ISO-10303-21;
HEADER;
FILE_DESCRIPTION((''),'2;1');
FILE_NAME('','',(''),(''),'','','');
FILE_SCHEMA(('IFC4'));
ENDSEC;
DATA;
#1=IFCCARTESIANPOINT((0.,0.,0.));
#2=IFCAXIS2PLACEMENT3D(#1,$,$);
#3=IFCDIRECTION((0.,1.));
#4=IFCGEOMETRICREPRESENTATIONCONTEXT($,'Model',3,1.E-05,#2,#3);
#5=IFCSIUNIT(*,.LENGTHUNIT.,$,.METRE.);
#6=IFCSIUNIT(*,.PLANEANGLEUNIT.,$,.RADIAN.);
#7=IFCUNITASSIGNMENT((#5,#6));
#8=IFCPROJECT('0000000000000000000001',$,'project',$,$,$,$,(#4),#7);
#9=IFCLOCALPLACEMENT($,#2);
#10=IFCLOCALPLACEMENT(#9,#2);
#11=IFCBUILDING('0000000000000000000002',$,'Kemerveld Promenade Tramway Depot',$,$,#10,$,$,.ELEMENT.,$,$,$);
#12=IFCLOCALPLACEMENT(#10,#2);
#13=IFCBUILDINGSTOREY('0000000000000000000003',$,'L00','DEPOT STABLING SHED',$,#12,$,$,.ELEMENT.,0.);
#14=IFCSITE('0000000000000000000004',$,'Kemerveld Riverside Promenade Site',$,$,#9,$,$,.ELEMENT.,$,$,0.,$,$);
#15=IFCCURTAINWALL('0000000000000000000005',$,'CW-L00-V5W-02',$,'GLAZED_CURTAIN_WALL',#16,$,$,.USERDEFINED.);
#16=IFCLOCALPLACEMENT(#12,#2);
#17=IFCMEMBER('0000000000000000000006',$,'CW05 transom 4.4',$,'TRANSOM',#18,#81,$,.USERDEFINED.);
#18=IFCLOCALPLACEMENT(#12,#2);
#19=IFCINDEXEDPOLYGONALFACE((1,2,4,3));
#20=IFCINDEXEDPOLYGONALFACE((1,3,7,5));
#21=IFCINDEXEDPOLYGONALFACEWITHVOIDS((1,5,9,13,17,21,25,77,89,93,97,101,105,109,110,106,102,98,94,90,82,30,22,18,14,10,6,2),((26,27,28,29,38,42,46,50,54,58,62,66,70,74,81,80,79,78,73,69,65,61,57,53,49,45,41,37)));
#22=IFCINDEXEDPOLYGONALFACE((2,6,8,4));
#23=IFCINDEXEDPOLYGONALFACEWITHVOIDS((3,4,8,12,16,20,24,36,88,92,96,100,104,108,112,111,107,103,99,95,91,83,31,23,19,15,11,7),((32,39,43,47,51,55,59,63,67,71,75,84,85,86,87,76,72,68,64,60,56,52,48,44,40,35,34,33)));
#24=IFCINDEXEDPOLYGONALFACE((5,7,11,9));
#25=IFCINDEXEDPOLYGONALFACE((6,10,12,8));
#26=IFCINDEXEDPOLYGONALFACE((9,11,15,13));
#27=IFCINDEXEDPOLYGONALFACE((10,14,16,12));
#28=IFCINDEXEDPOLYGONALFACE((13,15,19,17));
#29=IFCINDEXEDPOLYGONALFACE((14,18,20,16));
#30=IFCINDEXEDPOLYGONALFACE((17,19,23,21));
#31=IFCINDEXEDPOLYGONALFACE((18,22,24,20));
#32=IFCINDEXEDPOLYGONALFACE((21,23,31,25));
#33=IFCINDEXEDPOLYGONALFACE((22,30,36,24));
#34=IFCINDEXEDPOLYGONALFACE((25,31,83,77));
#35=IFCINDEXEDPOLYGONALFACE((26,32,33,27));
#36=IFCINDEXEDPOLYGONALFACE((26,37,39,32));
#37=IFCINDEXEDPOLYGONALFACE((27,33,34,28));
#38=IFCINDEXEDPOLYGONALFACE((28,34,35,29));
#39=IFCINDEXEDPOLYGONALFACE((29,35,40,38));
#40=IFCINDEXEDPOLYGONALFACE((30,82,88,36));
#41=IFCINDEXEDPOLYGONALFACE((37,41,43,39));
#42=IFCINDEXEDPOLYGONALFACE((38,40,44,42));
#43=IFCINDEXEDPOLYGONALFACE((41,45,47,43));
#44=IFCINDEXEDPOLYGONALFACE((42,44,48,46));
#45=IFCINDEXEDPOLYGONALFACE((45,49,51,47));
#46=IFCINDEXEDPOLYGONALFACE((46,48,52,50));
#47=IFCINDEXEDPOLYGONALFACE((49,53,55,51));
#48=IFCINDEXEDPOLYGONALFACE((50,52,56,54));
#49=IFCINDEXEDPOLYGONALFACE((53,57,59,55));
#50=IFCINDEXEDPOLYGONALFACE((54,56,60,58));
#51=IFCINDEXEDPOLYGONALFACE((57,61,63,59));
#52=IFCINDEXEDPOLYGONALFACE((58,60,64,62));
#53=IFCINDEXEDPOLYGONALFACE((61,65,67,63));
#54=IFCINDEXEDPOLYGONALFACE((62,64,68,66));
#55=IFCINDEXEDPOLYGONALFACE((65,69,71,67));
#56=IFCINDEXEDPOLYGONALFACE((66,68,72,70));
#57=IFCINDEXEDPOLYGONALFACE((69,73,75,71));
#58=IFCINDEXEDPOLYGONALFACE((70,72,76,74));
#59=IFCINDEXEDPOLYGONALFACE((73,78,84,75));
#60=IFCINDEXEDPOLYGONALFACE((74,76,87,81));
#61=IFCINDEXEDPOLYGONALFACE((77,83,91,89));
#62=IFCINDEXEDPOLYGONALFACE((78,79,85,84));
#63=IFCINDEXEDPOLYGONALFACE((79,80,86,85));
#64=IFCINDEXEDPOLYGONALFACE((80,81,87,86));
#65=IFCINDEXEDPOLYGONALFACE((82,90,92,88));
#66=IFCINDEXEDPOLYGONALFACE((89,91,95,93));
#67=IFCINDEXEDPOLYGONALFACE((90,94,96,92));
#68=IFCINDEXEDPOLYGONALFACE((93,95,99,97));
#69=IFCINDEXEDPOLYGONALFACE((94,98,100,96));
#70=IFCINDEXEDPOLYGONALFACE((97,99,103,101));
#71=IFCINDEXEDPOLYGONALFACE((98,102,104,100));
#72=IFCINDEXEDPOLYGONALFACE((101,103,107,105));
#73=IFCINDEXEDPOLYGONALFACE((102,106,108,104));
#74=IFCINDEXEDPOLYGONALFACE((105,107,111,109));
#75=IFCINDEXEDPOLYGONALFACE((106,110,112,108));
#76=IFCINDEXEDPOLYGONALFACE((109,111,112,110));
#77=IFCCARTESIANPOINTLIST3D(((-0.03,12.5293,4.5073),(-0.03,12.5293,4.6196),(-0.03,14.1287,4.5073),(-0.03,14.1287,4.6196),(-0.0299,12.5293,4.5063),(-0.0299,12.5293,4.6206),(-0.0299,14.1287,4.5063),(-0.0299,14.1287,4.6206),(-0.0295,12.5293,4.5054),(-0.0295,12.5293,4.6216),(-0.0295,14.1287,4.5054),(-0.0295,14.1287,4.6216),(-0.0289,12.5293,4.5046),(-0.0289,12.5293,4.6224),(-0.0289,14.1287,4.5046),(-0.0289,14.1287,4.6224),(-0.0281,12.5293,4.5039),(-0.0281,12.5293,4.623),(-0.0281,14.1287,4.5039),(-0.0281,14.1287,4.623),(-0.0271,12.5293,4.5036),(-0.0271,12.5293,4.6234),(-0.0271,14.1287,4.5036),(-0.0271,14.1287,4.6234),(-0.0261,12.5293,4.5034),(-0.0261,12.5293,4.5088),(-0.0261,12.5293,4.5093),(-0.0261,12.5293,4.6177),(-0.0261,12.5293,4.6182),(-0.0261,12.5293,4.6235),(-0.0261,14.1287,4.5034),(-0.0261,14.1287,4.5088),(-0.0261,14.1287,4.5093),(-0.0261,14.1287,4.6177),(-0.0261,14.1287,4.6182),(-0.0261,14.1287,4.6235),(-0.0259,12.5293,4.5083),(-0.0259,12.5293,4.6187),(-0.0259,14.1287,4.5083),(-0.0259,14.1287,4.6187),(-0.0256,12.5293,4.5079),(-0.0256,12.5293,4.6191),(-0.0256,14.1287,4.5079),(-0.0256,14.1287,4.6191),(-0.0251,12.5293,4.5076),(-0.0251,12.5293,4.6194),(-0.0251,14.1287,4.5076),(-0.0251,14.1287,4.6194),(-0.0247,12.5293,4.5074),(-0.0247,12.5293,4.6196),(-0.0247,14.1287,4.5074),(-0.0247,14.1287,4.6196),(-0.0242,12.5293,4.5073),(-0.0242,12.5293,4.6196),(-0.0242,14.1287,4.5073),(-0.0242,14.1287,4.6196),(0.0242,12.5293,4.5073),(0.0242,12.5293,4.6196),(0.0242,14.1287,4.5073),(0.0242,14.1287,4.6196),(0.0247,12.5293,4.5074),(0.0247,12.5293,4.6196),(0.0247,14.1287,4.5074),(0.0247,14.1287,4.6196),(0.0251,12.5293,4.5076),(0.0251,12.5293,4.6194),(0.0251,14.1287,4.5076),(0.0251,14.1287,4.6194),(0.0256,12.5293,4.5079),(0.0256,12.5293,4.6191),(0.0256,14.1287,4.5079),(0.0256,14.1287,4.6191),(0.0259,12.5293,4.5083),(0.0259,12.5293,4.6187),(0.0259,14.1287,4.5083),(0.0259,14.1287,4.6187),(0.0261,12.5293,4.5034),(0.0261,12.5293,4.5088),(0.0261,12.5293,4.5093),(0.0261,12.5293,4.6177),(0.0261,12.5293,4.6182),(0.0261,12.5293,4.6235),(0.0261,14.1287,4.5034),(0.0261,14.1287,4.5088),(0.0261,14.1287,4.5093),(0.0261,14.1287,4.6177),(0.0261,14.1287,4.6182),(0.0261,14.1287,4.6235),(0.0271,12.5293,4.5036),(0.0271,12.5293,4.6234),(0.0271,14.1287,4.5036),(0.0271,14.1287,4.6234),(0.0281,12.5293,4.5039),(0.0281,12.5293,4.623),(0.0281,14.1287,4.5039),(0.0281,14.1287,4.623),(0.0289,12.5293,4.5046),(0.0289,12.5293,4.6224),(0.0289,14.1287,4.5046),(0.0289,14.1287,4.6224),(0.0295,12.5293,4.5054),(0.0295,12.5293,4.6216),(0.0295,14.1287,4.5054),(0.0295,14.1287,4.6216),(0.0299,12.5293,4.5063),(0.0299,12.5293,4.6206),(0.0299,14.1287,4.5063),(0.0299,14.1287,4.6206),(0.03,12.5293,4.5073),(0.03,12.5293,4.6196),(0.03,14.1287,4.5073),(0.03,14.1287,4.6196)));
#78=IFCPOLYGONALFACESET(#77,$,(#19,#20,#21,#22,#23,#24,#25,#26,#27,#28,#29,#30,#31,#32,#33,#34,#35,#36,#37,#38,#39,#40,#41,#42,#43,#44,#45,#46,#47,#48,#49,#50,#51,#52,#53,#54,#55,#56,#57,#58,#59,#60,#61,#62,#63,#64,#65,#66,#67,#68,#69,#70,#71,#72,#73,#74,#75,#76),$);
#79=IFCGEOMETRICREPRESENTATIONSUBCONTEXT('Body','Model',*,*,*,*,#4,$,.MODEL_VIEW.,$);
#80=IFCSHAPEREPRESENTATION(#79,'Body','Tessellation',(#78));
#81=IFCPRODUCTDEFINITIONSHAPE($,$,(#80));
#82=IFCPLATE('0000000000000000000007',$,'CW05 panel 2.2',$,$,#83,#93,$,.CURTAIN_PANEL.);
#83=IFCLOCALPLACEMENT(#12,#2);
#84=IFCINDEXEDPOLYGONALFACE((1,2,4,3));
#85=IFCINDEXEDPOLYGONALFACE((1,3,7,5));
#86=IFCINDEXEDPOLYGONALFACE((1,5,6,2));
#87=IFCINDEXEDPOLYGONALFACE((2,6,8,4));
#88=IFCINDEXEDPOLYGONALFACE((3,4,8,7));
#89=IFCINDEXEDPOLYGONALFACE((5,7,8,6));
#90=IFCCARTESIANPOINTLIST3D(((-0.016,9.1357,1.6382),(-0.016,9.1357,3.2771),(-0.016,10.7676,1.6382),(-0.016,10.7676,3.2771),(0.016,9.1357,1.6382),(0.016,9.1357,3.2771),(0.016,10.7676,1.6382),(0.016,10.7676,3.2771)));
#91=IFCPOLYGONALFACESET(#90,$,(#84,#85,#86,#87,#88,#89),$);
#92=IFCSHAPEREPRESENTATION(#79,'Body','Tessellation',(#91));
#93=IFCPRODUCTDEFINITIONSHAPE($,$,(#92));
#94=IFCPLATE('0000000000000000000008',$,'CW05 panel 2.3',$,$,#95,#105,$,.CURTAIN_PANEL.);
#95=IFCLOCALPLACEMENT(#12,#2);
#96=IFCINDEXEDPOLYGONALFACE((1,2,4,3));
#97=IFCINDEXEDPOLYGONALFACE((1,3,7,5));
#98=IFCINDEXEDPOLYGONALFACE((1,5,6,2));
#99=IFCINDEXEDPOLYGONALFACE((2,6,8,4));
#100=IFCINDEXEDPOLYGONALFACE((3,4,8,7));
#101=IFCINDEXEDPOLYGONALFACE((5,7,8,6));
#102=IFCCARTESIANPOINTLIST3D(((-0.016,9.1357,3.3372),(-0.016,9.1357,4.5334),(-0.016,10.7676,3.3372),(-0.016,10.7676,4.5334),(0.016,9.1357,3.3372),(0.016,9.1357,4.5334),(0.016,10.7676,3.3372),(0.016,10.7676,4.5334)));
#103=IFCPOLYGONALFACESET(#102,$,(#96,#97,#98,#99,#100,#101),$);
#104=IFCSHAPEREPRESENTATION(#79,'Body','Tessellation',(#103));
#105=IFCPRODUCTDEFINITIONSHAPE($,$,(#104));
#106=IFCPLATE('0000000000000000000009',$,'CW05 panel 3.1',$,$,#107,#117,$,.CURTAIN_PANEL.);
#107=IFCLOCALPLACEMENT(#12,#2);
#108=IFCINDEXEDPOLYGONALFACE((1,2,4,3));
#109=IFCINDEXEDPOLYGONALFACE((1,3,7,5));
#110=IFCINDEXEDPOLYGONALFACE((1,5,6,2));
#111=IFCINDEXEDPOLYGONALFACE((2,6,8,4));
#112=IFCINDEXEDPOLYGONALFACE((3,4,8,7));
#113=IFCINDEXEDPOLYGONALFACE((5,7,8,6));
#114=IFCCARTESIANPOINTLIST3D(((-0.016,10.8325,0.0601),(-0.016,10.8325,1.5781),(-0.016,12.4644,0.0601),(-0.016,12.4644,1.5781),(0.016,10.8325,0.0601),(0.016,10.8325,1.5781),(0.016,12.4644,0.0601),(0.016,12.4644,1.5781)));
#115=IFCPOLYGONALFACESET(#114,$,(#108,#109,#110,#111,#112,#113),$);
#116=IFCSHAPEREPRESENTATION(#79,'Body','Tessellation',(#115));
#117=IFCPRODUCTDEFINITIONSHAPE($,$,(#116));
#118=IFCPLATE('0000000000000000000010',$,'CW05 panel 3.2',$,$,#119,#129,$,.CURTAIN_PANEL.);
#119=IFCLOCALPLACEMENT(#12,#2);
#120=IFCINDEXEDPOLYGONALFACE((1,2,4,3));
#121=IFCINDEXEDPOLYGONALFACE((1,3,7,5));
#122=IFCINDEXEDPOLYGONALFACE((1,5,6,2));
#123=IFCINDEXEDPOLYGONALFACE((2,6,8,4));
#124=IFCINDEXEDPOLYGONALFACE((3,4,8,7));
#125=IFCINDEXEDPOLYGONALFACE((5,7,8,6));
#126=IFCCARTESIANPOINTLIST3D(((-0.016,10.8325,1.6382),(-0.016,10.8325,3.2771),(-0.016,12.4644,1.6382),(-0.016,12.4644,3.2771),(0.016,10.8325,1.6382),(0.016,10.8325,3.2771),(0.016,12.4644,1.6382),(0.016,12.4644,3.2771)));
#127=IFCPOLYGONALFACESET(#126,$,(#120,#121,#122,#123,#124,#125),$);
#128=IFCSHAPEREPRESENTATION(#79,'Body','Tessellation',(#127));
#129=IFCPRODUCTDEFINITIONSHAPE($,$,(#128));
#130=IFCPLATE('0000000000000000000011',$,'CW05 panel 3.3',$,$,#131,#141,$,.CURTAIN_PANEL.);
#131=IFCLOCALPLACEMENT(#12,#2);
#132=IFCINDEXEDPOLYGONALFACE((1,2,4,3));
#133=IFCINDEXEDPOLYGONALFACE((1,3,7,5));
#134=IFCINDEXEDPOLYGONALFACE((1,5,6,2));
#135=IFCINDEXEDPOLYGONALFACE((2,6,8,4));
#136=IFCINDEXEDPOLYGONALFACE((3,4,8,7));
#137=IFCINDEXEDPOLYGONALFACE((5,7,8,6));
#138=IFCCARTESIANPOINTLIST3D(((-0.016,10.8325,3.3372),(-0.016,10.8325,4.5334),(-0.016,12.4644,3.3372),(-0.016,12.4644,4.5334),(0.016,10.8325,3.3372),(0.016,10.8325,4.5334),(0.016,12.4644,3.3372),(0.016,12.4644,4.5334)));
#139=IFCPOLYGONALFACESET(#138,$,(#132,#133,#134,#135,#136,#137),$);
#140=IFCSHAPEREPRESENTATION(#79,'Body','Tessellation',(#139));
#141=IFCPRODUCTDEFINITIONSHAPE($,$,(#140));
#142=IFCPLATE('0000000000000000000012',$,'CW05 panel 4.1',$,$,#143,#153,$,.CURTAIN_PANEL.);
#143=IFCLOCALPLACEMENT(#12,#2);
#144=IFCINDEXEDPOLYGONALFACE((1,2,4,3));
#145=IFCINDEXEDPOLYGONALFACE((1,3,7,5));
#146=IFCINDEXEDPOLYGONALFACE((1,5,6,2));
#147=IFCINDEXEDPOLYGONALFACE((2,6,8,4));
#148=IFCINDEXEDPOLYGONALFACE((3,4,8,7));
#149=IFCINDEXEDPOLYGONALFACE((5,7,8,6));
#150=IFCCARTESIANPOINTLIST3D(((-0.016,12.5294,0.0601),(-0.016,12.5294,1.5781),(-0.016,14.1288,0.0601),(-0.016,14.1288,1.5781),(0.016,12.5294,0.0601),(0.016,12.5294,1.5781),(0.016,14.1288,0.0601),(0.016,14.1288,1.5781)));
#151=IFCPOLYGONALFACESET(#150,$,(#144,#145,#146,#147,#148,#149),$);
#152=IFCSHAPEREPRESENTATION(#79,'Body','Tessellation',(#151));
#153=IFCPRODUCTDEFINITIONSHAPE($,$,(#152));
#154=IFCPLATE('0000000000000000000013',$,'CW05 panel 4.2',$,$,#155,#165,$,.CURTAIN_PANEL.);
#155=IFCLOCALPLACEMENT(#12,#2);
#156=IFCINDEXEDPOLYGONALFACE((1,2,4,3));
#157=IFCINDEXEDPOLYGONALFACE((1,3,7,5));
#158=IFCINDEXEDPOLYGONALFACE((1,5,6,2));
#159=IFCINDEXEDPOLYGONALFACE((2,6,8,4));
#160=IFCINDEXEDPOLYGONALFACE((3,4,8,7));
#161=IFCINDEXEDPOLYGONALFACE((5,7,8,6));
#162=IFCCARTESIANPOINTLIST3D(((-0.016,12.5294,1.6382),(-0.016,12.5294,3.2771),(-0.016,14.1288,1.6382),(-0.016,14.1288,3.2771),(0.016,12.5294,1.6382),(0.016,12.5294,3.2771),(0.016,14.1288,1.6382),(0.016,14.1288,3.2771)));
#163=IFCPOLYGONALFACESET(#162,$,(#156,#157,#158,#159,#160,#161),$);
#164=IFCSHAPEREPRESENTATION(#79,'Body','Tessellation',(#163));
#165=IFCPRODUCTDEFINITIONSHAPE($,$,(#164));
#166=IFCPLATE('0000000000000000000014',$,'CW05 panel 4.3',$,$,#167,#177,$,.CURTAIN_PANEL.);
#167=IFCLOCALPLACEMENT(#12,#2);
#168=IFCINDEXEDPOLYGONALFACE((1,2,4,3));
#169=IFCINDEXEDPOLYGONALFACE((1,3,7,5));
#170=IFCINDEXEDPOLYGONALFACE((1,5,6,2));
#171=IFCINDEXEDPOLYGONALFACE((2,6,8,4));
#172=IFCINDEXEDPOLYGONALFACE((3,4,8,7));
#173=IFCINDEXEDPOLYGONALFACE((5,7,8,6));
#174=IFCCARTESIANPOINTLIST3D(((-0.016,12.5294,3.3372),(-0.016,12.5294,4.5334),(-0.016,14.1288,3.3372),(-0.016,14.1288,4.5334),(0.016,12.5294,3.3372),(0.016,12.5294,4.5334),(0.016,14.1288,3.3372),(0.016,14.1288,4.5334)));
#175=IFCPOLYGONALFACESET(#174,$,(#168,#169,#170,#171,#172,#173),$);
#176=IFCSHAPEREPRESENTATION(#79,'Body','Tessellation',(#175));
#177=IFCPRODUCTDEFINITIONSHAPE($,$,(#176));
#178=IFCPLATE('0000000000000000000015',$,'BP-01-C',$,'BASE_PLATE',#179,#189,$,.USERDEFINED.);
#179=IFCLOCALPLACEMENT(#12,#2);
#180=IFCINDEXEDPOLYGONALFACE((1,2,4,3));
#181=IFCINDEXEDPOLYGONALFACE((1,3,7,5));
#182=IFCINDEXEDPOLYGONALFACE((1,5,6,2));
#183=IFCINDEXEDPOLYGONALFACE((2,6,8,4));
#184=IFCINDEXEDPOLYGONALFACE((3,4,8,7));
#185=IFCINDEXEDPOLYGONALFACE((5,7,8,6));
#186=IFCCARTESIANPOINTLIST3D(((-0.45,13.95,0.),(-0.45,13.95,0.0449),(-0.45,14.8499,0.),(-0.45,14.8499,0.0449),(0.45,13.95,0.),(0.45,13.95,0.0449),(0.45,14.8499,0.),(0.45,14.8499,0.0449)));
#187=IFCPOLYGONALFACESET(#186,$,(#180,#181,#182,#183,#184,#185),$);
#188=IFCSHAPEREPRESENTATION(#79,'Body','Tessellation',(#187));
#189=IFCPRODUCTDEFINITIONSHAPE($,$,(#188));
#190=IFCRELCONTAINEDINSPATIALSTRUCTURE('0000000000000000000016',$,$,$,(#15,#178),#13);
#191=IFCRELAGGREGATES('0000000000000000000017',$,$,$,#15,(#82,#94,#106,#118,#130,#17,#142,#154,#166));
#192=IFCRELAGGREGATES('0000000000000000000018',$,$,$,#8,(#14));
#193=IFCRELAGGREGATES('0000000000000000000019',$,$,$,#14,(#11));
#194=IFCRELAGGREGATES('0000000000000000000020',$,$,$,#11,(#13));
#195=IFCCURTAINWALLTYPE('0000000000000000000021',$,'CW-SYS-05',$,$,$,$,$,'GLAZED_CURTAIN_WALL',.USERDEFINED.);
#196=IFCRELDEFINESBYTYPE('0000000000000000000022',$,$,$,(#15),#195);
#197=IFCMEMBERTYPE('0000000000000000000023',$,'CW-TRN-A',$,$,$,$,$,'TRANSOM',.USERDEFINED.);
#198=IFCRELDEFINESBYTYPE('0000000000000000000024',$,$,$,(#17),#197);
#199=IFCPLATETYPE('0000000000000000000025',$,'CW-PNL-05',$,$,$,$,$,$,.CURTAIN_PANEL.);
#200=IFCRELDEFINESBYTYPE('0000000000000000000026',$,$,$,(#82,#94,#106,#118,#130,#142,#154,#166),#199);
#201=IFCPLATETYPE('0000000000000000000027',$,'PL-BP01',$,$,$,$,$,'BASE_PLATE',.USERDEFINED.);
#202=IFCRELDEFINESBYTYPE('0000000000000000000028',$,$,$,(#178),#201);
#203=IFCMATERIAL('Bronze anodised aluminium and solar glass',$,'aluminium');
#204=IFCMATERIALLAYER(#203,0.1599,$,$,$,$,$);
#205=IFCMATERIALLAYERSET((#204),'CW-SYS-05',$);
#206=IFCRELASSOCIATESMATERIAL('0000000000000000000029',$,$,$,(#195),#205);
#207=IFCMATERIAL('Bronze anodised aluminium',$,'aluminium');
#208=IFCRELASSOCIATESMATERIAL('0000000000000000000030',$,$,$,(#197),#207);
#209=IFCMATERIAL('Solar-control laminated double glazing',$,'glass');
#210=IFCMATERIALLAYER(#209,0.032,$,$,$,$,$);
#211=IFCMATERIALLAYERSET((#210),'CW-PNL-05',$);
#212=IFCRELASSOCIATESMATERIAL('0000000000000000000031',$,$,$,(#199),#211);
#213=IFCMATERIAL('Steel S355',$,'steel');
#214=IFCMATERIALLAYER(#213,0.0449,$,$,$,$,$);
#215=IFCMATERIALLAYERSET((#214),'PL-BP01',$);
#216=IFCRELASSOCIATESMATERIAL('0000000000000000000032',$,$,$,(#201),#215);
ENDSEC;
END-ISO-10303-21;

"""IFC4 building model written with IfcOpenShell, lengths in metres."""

from ifc_helpers import new_model, si_unit, direction, frame, origin, origin_2d, place, context, subcontext, project, spatial, rectangle, hollow_rectangle, extrude, material, layer, layer_set, material_profile, profile_set, type_object, element, aggregate, save


model = new_model("IFC4")

# Units and contexts
model_context = context("Model", 3, precision=1e-05, world=origin(), true_north=direction((0.0, 1.0)))
body_context = subcontext(model_context, "Body", "Model", "MODEL_VIEW")
ifc_project = project(units=[si_unit("LENGTHUNIT", "METRE"), si_unit("PLANEANGLEUNIT", "RADIAN")], contexts=[model_context])

# Site, building, storey
site_placement = place(None, origin())
site = spatial("IfcSite", under=ifc_project, at=site_placement, Name="Kemerveld Riverside Promenade Site", CompositionType="ELEMENT", RefElevation=0.0)
building_placement = place(site_placement, origin())
building = spatial("IfcBuilding", under=site, at=building_placement, Name="Kemerveld Promenade Tramway Depot", CompositionType="ELEMENT")
storey_placement = place(building_placement, origin())
storey = spatial("IfcBuildingStorey", under=building, at=storey_placement, Name="L00", Description="DEPOT STABLING SHED", CompositionType="ELEMENT", Elevation=0.0)

# Shared definitions
ifc_material_1 = material(Name="Steel S355", Category="steel")

# Curtain wall, member, plates
ifc_material_2 = material(Name="Bronze anodised aluminium and solar glass", Category="aluminium")
ifc_layer_1 = layer(ifc_material_2, 0.1599)
ifc_layer_set_1 = layer_set([ifc_layer_1], Name="CW-SYS-05")
curtain_wall_type = type_object("IfcCurtainWallType", Name="CW-SYS-05", ElementType="GLAZED_CURTAIN_WALL", PredefinedType="USERDEFINED", material=ifc_layer_set_1)
curtain_wall_placement = place(storey_placement, origin())
curtain_wall = element("IfcCurtainWall", 1, at=curtain_wall_placement, inside=storey, type_object=curtain_wall_type, Name="CW-L00-V5W-02", ObjectType="GLAZED_CURTAIN_WALL", PredefinedType="USERDEFINED")
ifc_material_3 = material(Name="Bronze anodised aluminium", Category="aluminium")
ifc_material_profile_1 = material_profile(ifc_material_3, hollow_rectangle(XDim=0.0601, YDim=0.1201, WallThickness=0.0039, InnerFilletRadius=0.002, OuterFilletRadius=0.0039, at=origin_2d()), Name="CW-TRN-120x60")
ifc_profile_set_1 = profile_set([ifc_material_profile_1], Name="Bronze anodised aluminium")
member_type_1 = type_object("IfcMemberType", Name="CW-TRN-A", ElementType="TRANSOM", PredefinedType="USERDEFINED", material=ifc_profile_set_1)
member_1_placement = place(storey_placement, frame((0.0, 12.5293, 4.5635), z_axis=(0.0, 1.0, 0.0), x_axis=(-1.0, 0.0, 0.0)))
member_1 = element("IfcMember", 2, at=member_1_placement, type_object=member_type_1, Name="CW05 transom 4.4", ObjectType="TRANSOM", PredefinedType="USERDEFINED", context=body_context, shape_type="SweptSolid", body=[
    extrude(hollow_rectangle(XDim=0.0601, YDim=0.1201, WallThickness=0.0039, InnerFilletRadius=0.002, OuterFilletRadius=0.0039, at=origin_2d()), origin(), (0.0, 0.0, 1.0), 1.5994),
])
ifc_material_4 = material(Name="Solar-control laminated double glazing", Category="glass")
ifc_layer_2 = layer(ifc_material_4, 0.032)
ifc_layer_set_2 = layer_set([ifc_layer_2], Name="CW-PNL-05")
plate_type_1 = type_object("IfcPlateType", Name="CW-PNL-05", PredefinedType="CURTAIN_PANEL", material=ifc_layer_set_2)
plate_1_placement = place(storey_placement, frame((0.0, 9.9517, 1.6382), z_axis=(0.0, 0.0, 1.0), x_axis=(0.0, 1.0, 0.0)))
plate_1 = element("IfcPlate", 3, at=plate_1_placement, type_object=plate_type_1, Name="CW05 panel 2.2", PredefinedType="CURTAIN_PANEL", context=body_context, shape_type="SweptSolid", body=[
    extrude(rectangle(XDim=1.6318, YDim=0.032, at=origin_2d()), origin(), (0.0, 0.0, 1.0), 1.6389),
])
plate_2_placement = place(storey_placement, frame((0.0, 9.9517, 3.3372), z_axis=(0.0, 0.0, 1.0), x_axis=(0.0, 1.0, 0.0)))
plate_2 = element("IfcPlate", 4, at=plate_2_placement, type_object=plate_type_1, Name="CW05 panel 2.3", PredefinedType="CURTAIN_PANEL", context=body_context, shape_type="SweptSolid", body=[
    extrude(rectangle(XDim=1.6318, YDim=0.032, at=origin_2d()), origin(), (0.0, 0.0, 1.0), 1.1963),
])
plate_3_placement = place(storey_placement, frame((0.0, 11.6484, 0.0601), z_axis=(0.0, 0.0, 1.0), x_axis=(0.0, 1.0, 0.0)))
plate_3 = element("IfcPlate", 5, at=plate_3_placement, type_object=plate_type_1, Name="CW05 panel 3.1", PredefinedType="CURTAIN_PANEL", context=body_context, shape_type="SweptSolid", body=[
    extrude(rectangle(XDim=1.6318, YDim=0.032, at=origin_2d()), origin(), (0.0, 0.0, 1.0), 1.5181),
])
plate_4_placement = place(storey_placement, frame((0.0, 11.6484, 1.6382), z_axis=(0.0, 0.0, 1.0), x_axis=(0.0, 1.0, 0.0)))
plate_4 = element("IfcPlate", 6, at=plate_4_placement, type_object=plate_type_1, Name="CW05 panel 3.2", PredefinedType="CURTAIN_PANEL", context=body_context, shape_type="SweptSolid", body=[
    extrude(rectangle(XDim=1.6318, YDim=0.032, at=origin_2d()), origin(), (0.0, 0.0, 1.0), 1.6389),
])
plate_5_placement = place(storey_placement, frame((0.0, 11.6484, 3.3372), z_axis=(0.0, 0.0, 1.0), x_axis=(0.0, 1.0, 0.0)))
plate_5 = element("IfcPlate", 7, at=plate_5_placement, type_object=plate_type_1, Name="CW05 panel 3.3", PredefinedType="CURTAIN_PANEL", context=body_context, shape_type="SweptSolid", body=[
    extrude(rectangle(XDim=1.6318, YDim=0.032, at=origin_2d()), origin(), (0.0, 0.0, 1.0), 1.1963),
])
plate_6_placement = place(storey_placement, frame((0.0, 13.3291, 0.0601), z_axis=(0.0, 0.0, 1.0), x_axis=(0.0, 1.0, 0.0)))
plate_6 = element("IfcPlate", 8, at=plate_6_placement, type_object=plate_type_1, Name="CW05 panel 4.1", PredefinedType="CURTAIN_PANEL", context=body_context, shape_type="SweptSolid", body=[
    extrude(rectangle(XDim=1.5994, YDim=0.032, at=origin_2d()), origin(), (0.0, 0.0, 1.0), 1.5181),
])
plate_7_placement = place(storey_placement, frame((0.0, 13.3291, 1.6382), z_axis=(0.0, 0.0, 1.0), x_axis=(0.0, 1.0, 0.0)))
plate_7 = element("IfcPlate", 9, at=plate_7_placement, type_object=plate_type_1, Name="CW05 panel 4.2", PredefinedType="CURTAIN_PANEL", context=body_context, shape_type="SweptSolid", body=[
    extrude(rectangle(XDim=1.5994, YDim=0.032, at=origin_2d()), origin(), (0.0, 0.0, 1.0), 1.6389),
])
plate_8_placement = place(storey_placement, frame((0.0, 13.3291, 3.3372), z_axis=(0.0, 0.0, 1.0), x_axis=(0.0, 1.0, 0.0)))
plate_8 = element("IfcPlate", 10, at=plate_8_placement, type_object=plate_type_1, Name="CW05 panel 4.3", PredefinedType="CURTAIN_PANEL", context=body_context, shape_type="SweptSolid", body=[
    extrude(rectangle(XDim=1.5994, YDim=0.032, at=origin_2d()), origin(), (0.0, 0.0, 1.0), 1.1963),
])
aggregate(curtain_wall, [plate_1, plate_2, plate_3, plate_4, plate_5, member_1, plate_6, plate_7, plate_8])

# Plate
ifc_layer_3 = layer(ifc_material_1, 0.0449)
ifc_layer_set_3 = layer_set([ifc_layer_3], Name="PL-BP01")
plate_type_2 = type_object("IfcPlateType", Name="PL-BP01", ElementType="BASE_PLATE", PredefinedType="USERDEFINED", material=ifc_layer_set_3)
plate_9_placement = place(storey_placement, frame((0.0, 14.3999, 0.0), z_axis=(0.0, 0.0, 1.0), x_axis=(1.0, 0.0, 0.0)))
element("IfcPlate", 11, at=plate_9_placement, inside=storey, type_object=plate_type_2, Name="BP-01-C", ObjectType="BASE_PLATE", PredefinedType="USERDEFINED", context=body_context, shape_type="SweptSolid", body=[
    extrude(rectangle(XDim=0.8999, YDim=0.8999, at=origin_2d()), origin(), (0.0, 0.0, 1.0), 0.0449),
])

save(model, "model.ifc")
